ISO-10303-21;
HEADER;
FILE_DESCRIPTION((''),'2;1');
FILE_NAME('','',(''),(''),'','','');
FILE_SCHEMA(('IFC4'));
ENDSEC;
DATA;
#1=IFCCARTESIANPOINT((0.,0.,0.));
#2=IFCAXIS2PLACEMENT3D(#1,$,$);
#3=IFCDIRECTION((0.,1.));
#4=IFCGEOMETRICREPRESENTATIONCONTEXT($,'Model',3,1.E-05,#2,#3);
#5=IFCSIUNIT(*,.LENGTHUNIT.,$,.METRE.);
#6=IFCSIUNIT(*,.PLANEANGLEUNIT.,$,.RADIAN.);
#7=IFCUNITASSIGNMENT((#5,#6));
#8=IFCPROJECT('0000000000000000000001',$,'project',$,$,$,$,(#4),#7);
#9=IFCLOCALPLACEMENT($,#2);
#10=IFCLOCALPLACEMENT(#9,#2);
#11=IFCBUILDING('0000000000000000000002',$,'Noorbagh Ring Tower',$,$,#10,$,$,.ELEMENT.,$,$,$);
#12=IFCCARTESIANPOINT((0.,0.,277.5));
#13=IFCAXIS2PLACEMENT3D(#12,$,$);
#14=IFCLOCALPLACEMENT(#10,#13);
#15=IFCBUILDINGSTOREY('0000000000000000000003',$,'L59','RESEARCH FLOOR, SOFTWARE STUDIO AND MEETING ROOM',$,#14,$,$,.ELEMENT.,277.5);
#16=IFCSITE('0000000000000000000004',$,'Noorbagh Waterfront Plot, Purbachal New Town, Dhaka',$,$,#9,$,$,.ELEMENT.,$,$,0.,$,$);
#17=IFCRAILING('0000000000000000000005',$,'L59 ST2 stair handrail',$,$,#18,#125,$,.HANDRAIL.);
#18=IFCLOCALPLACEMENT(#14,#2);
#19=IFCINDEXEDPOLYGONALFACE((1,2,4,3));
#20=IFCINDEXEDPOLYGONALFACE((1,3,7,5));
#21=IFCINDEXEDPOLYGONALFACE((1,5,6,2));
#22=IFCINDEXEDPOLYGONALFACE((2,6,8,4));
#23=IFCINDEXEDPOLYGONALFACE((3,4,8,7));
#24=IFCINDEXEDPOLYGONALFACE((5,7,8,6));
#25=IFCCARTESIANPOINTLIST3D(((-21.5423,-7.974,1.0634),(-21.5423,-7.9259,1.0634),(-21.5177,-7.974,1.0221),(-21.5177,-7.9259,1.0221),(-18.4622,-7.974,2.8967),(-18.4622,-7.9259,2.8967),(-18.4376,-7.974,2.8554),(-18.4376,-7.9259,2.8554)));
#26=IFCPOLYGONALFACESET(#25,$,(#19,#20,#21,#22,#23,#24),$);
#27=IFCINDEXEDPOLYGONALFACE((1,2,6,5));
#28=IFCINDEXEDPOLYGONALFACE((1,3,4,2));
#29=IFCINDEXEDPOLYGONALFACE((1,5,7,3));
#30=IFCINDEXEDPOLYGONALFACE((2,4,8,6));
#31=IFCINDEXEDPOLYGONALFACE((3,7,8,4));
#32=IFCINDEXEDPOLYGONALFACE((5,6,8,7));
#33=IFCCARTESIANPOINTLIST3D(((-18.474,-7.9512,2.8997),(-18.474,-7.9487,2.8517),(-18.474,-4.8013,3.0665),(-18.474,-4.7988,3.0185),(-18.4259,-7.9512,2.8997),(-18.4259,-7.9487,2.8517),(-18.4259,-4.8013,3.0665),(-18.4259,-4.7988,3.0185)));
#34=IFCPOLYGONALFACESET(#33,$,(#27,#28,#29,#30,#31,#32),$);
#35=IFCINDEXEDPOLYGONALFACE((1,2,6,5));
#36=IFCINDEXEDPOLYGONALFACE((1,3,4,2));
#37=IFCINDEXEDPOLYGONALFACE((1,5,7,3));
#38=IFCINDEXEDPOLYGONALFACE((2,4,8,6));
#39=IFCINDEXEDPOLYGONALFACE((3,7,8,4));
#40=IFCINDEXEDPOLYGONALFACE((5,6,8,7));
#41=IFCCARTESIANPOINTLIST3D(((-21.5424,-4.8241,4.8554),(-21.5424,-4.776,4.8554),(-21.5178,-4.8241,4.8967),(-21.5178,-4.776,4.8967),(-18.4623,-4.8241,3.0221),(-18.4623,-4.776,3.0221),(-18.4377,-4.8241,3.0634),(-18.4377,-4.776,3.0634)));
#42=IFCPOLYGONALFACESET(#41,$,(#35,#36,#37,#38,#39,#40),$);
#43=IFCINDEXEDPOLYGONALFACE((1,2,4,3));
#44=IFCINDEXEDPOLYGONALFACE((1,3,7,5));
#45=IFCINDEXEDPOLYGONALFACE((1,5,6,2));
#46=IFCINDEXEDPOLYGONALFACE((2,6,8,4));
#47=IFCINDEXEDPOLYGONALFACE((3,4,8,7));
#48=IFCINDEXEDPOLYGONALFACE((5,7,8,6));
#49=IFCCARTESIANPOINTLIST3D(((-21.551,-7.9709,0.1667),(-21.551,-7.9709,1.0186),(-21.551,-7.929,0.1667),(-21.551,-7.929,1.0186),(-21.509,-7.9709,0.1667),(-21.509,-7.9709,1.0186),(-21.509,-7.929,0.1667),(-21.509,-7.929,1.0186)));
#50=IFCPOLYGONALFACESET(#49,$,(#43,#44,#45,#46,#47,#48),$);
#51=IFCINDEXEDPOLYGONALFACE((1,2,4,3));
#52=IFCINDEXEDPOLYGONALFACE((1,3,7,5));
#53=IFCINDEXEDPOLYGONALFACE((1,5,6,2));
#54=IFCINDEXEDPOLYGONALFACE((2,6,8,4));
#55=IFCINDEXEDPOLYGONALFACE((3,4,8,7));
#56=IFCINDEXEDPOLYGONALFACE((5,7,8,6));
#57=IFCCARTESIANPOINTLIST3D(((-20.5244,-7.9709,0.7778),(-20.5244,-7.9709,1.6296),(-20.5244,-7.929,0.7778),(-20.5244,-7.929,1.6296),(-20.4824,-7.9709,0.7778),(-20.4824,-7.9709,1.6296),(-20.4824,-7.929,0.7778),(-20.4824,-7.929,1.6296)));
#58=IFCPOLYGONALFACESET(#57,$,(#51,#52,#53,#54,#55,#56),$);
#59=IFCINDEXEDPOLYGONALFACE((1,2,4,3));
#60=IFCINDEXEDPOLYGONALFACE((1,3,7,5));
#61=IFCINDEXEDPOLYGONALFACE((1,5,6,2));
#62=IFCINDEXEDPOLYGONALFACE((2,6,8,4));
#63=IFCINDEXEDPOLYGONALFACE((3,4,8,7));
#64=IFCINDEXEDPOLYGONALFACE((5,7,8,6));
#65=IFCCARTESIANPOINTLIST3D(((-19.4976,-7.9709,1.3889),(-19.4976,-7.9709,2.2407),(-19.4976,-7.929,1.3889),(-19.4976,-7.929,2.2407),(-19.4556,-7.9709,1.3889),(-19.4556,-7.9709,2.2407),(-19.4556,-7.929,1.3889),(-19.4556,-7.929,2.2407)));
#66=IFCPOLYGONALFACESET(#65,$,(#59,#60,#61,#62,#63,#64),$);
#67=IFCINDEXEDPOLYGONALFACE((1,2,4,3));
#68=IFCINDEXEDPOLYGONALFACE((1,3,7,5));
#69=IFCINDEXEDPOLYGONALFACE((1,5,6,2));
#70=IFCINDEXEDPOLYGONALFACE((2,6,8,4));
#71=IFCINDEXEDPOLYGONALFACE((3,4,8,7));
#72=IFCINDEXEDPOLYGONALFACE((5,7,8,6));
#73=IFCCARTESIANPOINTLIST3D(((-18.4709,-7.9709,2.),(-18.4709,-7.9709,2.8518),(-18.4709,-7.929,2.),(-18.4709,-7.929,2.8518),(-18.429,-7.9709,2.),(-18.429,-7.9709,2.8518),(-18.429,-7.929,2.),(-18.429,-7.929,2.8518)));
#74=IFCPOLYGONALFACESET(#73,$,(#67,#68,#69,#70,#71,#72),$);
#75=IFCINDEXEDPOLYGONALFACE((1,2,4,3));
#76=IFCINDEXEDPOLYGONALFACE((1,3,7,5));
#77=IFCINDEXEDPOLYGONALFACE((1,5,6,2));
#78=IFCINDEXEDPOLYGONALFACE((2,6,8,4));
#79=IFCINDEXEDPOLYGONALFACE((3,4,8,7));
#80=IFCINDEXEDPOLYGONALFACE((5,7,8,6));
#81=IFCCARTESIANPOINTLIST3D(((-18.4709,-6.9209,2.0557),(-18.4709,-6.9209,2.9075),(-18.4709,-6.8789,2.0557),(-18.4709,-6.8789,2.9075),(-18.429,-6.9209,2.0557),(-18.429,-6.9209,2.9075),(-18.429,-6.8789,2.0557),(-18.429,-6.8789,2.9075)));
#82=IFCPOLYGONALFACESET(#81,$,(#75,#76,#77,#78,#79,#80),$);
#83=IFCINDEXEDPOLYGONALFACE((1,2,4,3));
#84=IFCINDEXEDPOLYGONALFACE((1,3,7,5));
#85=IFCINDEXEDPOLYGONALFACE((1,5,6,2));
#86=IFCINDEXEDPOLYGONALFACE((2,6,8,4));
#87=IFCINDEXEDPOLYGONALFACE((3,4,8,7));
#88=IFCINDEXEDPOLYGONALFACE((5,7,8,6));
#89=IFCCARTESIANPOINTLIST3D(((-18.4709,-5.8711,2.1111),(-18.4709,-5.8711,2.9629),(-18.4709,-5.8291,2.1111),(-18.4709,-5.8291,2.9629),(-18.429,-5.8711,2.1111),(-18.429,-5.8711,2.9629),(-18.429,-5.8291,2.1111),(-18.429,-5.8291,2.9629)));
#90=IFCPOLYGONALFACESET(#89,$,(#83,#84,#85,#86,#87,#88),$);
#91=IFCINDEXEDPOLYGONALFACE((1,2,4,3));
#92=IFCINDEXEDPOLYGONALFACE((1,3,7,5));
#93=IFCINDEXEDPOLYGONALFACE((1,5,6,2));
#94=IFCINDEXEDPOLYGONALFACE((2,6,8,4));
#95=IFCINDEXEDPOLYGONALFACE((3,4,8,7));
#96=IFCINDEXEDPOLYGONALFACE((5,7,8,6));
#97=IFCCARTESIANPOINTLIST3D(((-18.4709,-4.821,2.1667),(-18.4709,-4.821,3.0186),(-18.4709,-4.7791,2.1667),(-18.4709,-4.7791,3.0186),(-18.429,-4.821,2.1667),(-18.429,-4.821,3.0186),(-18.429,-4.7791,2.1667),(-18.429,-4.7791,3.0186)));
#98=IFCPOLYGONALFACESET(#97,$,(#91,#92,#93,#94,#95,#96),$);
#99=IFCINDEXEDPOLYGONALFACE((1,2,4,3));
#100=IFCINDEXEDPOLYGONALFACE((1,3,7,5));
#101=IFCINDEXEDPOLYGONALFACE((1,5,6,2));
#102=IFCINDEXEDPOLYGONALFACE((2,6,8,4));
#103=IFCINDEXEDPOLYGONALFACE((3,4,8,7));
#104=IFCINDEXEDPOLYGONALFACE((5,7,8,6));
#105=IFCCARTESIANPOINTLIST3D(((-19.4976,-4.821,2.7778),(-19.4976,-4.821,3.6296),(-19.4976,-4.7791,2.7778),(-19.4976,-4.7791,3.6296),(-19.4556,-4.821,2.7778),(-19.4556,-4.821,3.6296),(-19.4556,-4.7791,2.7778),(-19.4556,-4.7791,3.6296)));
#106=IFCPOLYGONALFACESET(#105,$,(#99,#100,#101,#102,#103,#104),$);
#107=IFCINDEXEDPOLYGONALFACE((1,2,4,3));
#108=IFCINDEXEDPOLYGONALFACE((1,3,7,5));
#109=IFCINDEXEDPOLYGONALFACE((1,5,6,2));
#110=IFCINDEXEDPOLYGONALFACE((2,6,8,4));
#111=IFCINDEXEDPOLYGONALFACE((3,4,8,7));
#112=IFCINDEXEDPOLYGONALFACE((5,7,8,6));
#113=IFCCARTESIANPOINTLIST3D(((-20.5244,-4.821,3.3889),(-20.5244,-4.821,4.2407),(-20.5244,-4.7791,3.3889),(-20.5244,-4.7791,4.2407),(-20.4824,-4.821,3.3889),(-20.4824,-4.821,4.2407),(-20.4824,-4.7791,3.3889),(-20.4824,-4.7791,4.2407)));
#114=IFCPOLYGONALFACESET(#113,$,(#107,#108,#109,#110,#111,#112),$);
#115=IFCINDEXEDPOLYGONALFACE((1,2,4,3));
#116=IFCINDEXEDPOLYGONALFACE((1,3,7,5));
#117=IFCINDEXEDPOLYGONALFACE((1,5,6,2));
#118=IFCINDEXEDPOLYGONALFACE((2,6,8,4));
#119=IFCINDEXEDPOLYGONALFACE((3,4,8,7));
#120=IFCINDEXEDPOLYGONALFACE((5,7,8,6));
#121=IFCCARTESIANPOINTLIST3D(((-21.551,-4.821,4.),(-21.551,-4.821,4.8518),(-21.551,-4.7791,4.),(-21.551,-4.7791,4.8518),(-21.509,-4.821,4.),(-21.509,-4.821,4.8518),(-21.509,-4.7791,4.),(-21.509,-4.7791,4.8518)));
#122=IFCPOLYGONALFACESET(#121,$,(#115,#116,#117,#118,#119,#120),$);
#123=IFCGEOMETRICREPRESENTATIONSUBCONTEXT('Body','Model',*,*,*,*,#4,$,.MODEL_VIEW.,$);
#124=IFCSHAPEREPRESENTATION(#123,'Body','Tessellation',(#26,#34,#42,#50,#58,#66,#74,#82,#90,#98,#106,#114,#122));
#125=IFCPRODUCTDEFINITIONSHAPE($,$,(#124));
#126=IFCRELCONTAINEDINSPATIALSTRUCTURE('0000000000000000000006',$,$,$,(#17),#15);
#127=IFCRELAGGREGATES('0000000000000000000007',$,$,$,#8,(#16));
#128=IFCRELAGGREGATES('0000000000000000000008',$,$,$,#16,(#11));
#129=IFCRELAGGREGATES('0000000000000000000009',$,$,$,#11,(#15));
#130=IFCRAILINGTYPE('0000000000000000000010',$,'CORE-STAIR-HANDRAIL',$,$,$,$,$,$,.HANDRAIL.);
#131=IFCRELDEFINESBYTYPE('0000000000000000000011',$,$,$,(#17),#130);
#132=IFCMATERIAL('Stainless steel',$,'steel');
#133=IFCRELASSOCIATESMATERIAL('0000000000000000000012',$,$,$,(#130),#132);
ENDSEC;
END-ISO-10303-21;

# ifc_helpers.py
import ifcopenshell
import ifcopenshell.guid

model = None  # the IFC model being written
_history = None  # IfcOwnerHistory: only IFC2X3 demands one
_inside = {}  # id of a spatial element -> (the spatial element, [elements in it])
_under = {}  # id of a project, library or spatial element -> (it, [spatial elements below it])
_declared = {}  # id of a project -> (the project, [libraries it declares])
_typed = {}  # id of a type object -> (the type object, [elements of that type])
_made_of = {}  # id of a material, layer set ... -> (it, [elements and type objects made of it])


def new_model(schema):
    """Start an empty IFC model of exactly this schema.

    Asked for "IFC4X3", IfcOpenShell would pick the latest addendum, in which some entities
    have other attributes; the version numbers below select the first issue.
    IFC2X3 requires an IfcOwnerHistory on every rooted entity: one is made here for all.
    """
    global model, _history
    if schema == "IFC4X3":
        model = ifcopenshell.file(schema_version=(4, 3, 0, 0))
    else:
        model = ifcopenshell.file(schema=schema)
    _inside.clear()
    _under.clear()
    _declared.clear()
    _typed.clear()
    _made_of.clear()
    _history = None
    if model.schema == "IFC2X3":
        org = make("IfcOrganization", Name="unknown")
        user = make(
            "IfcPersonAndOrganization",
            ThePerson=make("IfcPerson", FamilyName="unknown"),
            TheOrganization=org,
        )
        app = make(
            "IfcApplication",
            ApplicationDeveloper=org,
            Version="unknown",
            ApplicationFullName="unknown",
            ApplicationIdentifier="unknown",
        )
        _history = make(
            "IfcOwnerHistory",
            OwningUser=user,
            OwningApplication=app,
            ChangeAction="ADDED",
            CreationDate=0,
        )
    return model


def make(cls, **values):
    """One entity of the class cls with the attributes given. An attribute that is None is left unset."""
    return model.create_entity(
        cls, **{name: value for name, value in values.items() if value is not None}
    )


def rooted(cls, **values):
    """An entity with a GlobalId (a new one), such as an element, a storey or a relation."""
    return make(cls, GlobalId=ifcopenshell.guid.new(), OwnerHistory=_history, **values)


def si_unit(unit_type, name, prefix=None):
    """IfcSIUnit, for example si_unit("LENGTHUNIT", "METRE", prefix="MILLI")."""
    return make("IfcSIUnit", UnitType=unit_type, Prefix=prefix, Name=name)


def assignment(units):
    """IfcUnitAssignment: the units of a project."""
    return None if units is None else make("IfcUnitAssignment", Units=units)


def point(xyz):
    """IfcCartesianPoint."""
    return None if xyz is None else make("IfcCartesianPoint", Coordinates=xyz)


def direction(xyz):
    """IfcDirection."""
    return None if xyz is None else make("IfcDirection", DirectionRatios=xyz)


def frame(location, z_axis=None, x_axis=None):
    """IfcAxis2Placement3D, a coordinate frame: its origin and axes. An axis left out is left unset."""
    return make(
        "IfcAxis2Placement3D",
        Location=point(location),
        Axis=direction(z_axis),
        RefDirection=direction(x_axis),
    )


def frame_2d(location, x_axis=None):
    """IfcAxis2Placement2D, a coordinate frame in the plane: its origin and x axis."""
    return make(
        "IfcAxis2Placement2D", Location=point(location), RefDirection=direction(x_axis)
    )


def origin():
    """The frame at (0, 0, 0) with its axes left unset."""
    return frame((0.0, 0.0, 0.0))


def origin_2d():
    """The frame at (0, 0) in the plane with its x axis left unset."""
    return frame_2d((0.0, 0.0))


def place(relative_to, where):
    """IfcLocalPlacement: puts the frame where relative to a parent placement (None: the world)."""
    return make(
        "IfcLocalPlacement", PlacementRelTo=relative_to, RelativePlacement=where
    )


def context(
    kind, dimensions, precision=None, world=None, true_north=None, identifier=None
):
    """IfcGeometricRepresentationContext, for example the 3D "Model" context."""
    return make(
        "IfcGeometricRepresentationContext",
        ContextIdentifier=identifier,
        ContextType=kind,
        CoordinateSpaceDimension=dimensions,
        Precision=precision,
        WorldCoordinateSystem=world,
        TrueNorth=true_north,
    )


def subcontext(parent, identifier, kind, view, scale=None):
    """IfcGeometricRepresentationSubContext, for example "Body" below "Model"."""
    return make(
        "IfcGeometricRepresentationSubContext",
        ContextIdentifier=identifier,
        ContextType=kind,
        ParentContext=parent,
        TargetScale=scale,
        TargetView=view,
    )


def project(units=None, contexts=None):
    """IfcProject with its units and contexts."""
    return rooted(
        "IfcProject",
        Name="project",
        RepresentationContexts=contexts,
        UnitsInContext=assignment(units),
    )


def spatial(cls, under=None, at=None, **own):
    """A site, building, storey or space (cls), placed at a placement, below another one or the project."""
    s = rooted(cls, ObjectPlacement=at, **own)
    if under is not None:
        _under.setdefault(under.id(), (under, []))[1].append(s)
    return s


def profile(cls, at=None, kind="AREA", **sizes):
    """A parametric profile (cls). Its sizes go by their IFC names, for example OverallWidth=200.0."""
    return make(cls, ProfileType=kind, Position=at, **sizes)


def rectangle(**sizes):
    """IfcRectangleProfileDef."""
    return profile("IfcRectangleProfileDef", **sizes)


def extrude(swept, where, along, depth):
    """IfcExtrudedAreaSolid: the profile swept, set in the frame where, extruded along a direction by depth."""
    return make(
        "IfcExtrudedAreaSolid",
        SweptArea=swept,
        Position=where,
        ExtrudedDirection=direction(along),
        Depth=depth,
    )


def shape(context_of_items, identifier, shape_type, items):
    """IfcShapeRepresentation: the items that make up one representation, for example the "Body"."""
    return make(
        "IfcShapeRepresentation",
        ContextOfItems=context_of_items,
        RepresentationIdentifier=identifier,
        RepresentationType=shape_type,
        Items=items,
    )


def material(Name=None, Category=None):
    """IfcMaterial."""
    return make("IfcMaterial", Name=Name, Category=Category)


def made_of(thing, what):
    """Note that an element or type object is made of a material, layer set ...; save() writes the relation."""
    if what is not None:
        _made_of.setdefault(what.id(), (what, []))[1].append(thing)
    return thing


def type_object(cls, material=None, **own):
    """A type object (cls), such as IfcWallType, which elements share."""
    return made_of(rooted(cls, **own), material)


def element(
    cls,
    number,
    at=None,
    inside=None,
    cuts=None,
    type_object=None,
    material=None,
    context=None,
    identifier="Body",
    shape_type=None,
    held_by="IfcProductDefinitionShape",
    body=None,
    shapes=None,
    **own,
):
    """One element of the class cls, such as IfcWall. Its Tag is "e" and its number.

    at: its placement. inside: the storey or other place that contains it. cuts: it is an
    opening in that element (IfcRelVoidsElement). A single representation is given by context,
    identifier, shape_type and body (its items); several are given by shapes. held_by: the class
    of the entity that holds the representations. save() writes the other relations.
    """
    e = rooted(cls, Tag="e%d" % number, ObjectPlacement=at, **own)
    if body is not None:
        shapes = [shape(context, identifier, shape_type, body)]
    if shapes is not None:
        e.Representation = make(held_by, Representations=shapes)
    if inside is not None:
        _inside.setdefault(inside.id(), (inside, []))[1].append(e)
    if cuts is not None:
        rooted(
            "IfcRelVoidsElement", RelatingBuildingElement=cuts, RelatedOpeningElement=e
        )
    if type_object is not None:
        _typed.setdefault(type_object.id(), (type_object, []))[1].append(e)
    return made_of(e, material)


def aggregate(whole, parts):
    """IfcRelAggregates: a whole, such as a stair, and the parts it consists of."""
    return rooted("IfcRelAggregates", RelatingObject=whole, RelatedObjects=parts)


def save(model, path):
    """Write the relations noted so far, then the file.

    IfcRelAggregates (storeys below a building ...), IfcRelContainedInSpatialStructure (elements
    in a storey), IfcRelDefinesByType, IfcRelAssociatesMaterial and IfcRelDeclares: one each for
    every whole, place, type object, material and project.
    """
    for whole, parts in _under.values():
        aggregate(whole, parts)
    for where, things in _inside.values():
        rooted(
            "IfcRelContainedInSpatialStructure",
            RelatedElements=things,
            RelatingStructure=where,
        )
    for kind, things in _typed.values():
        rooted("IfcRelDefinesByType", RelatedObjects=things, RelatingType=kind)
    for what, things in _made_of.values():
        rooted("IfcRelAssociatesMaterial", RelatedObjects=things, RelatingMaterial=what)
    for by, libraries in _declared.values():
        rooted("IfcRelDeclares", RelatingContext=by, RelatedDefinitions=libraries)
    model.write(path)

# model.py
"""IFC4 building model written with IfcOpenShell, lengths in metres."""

from ifc_helpers import new_model, si_unit, direction, frame, origin, origin_2d, place, context, subcontext, project, spatial, rectangle, extrude, material, type_object, element, save


model = new_model("IFC4")

# Units and contexts
model_context = context("Model", 3, precision=1e-05, world=origin(), true_north=direction((0.0, 1.0)))
body_context = subcontext(model_context, "Body", "Model", "MODEL_VIEW")
ifc_project = project(units=[si_unit("LENGTHUNIT", "METRE"), si_unit("PLANEANGLEUNIT", "RADIAN")], contexts=[model_context])

# Site, building, storey
site_placement = place(None, origin())
site = spatial("IfcSite", under=ifc_project, at=site_placement, Name="Noorbagh Waterfront Plot, Purbachal New Town, Dhaka", CompositionType="ELEMENT", RefElevation=0.0)
building_placement = place(site_placement, origin())
building = spatial("IfcBuilding", under=site, at=building_placement, Name="Noorbagh Ring Tower", CompositionType="ELEMENT")
storey_placement = place(building_placement, frame((0.0, 0.0, 277.5)))
storey = spatial("IfcBuildingStorey", under=building, at=storey_placement, Name="L59", Description="RESEARCH FLOOR, SOFTWARE STUDIO AND MEETING ROOM", CompositionType="ELEMENT", Elevation=277.5)

# Railing
ifc_material_1 = material(Name="Stainless steel", Category="steel")
railing_type_1 = type_object("IfcRailingType", Name="CORE-STAIR-HANDRAIL", PredefinedType="HANDRAIL", material=ifc_material_1)
railing_1_placement = place(storey_placement, frame((-21.53, -7.95, 0.1667)))
element("IfcRailing", 1, at=railing_1_placement, inside=storey, type_object=railing_type_1, Name="L59 ST2 stair handrail", PredefinedType="HANDRAIL", context=body_context, shape_type="SweptSolid", body=[
    extrude(rectangle(XDim=0.0481, YDim=0.0481, at=origin_2d()), frame((0.0, 0.0, 0.876), z_axis=(0.859309, 0.0, 0.511458), x_axis=(0.0, 1.0, 0.0)), (0.0, 0.0, 1.0), 3.5845),
    extrude(rectangle(XDim=0.0481, YDim=0.0481, at=origin_2d()), frame((3.0801, 0.0, 2.709), z_axis=(0.0, 0.998602, 0.052864), x_axis=(-1.0, 0.0, 0.0)), (0.0, 0.0, 1.0), 3.1543),
    extrude(rectangle(XDim=0.0481, YDim=0.0481, at=origin_2d()), frame((3.0801, 3.1499, 2.876), z_axis=(-0.859309, 0.0, 0.511458), x_axis=(0.0, -1.0, 0.0)), (0.0, 0.0, 1.0), 3.5845),
    extrude(rectangle(XDim=0.042, YDim=0.042, at=origin_2d()), origin(), (0.0, 0.0, 1.0), 0.8518),
    extrude(rectangle(XDim=0.042, YDim=0.042, at=origin_2d()), frame((1.0266, 0.0, 0.6111)), (0.0, 0.0, 1.0), 0.8518),
    extrude(rectangle(XDim=0.042, YDim=0.042, at=origin_2d()), frame((2.0535, 0.0, 1.2222)), (0.0, 0.0, 1.0), 0.8518),
    extrude(rectangle(XDim=0.042, YDim=0.042, at=origin_2d()), frame((3.0801, 0.0, 1.8333)), (0.0, 0.0, 1.0), 0.8518),
    extrude(rectangle(XDim=0.042, YDim=0.042, at=origin_2d()), frame((3.0801, 1.05, 1.8889)), (0.0, 0.0, 1.0), 0.8518),
    extrude(rectangle(XDim=0.042, YDim=0.042, at=origin_2d()), frame((3.0801, 2.0999, 1.9443)), (0.0, 0.0, 1.0), 0.8518),
    extrude(rectangle(XDim=0.042, YDim=0.042, at=origin_2d()), frame((3.0801, 3.1499, 2.0)), (0.0, 0.0, 1.0), 0.8518),
    extrude(rectangle(XDim=0.042, YDim=0.042, at=origin_2d()), frame((2.0535, 3.1499, 2.6111)), (0.0, 0.0, 1.0), 0.8518),
    extrude(rectangle(XDim=0.042, YDim=0.042, at=origin_2d()), frame((1.0266, 3.1499, 3.2222)), (0.0, 0.0, 1.0), 0.8518),
    extrude(rectangle(XDim=0.042, YDim=0.042, at=origin_2d()), frame((0.0, 3.1499, 3.8333)), (0.0, 0.0, 1.0), 0.8518),
])

save(model, "model.ifc")
